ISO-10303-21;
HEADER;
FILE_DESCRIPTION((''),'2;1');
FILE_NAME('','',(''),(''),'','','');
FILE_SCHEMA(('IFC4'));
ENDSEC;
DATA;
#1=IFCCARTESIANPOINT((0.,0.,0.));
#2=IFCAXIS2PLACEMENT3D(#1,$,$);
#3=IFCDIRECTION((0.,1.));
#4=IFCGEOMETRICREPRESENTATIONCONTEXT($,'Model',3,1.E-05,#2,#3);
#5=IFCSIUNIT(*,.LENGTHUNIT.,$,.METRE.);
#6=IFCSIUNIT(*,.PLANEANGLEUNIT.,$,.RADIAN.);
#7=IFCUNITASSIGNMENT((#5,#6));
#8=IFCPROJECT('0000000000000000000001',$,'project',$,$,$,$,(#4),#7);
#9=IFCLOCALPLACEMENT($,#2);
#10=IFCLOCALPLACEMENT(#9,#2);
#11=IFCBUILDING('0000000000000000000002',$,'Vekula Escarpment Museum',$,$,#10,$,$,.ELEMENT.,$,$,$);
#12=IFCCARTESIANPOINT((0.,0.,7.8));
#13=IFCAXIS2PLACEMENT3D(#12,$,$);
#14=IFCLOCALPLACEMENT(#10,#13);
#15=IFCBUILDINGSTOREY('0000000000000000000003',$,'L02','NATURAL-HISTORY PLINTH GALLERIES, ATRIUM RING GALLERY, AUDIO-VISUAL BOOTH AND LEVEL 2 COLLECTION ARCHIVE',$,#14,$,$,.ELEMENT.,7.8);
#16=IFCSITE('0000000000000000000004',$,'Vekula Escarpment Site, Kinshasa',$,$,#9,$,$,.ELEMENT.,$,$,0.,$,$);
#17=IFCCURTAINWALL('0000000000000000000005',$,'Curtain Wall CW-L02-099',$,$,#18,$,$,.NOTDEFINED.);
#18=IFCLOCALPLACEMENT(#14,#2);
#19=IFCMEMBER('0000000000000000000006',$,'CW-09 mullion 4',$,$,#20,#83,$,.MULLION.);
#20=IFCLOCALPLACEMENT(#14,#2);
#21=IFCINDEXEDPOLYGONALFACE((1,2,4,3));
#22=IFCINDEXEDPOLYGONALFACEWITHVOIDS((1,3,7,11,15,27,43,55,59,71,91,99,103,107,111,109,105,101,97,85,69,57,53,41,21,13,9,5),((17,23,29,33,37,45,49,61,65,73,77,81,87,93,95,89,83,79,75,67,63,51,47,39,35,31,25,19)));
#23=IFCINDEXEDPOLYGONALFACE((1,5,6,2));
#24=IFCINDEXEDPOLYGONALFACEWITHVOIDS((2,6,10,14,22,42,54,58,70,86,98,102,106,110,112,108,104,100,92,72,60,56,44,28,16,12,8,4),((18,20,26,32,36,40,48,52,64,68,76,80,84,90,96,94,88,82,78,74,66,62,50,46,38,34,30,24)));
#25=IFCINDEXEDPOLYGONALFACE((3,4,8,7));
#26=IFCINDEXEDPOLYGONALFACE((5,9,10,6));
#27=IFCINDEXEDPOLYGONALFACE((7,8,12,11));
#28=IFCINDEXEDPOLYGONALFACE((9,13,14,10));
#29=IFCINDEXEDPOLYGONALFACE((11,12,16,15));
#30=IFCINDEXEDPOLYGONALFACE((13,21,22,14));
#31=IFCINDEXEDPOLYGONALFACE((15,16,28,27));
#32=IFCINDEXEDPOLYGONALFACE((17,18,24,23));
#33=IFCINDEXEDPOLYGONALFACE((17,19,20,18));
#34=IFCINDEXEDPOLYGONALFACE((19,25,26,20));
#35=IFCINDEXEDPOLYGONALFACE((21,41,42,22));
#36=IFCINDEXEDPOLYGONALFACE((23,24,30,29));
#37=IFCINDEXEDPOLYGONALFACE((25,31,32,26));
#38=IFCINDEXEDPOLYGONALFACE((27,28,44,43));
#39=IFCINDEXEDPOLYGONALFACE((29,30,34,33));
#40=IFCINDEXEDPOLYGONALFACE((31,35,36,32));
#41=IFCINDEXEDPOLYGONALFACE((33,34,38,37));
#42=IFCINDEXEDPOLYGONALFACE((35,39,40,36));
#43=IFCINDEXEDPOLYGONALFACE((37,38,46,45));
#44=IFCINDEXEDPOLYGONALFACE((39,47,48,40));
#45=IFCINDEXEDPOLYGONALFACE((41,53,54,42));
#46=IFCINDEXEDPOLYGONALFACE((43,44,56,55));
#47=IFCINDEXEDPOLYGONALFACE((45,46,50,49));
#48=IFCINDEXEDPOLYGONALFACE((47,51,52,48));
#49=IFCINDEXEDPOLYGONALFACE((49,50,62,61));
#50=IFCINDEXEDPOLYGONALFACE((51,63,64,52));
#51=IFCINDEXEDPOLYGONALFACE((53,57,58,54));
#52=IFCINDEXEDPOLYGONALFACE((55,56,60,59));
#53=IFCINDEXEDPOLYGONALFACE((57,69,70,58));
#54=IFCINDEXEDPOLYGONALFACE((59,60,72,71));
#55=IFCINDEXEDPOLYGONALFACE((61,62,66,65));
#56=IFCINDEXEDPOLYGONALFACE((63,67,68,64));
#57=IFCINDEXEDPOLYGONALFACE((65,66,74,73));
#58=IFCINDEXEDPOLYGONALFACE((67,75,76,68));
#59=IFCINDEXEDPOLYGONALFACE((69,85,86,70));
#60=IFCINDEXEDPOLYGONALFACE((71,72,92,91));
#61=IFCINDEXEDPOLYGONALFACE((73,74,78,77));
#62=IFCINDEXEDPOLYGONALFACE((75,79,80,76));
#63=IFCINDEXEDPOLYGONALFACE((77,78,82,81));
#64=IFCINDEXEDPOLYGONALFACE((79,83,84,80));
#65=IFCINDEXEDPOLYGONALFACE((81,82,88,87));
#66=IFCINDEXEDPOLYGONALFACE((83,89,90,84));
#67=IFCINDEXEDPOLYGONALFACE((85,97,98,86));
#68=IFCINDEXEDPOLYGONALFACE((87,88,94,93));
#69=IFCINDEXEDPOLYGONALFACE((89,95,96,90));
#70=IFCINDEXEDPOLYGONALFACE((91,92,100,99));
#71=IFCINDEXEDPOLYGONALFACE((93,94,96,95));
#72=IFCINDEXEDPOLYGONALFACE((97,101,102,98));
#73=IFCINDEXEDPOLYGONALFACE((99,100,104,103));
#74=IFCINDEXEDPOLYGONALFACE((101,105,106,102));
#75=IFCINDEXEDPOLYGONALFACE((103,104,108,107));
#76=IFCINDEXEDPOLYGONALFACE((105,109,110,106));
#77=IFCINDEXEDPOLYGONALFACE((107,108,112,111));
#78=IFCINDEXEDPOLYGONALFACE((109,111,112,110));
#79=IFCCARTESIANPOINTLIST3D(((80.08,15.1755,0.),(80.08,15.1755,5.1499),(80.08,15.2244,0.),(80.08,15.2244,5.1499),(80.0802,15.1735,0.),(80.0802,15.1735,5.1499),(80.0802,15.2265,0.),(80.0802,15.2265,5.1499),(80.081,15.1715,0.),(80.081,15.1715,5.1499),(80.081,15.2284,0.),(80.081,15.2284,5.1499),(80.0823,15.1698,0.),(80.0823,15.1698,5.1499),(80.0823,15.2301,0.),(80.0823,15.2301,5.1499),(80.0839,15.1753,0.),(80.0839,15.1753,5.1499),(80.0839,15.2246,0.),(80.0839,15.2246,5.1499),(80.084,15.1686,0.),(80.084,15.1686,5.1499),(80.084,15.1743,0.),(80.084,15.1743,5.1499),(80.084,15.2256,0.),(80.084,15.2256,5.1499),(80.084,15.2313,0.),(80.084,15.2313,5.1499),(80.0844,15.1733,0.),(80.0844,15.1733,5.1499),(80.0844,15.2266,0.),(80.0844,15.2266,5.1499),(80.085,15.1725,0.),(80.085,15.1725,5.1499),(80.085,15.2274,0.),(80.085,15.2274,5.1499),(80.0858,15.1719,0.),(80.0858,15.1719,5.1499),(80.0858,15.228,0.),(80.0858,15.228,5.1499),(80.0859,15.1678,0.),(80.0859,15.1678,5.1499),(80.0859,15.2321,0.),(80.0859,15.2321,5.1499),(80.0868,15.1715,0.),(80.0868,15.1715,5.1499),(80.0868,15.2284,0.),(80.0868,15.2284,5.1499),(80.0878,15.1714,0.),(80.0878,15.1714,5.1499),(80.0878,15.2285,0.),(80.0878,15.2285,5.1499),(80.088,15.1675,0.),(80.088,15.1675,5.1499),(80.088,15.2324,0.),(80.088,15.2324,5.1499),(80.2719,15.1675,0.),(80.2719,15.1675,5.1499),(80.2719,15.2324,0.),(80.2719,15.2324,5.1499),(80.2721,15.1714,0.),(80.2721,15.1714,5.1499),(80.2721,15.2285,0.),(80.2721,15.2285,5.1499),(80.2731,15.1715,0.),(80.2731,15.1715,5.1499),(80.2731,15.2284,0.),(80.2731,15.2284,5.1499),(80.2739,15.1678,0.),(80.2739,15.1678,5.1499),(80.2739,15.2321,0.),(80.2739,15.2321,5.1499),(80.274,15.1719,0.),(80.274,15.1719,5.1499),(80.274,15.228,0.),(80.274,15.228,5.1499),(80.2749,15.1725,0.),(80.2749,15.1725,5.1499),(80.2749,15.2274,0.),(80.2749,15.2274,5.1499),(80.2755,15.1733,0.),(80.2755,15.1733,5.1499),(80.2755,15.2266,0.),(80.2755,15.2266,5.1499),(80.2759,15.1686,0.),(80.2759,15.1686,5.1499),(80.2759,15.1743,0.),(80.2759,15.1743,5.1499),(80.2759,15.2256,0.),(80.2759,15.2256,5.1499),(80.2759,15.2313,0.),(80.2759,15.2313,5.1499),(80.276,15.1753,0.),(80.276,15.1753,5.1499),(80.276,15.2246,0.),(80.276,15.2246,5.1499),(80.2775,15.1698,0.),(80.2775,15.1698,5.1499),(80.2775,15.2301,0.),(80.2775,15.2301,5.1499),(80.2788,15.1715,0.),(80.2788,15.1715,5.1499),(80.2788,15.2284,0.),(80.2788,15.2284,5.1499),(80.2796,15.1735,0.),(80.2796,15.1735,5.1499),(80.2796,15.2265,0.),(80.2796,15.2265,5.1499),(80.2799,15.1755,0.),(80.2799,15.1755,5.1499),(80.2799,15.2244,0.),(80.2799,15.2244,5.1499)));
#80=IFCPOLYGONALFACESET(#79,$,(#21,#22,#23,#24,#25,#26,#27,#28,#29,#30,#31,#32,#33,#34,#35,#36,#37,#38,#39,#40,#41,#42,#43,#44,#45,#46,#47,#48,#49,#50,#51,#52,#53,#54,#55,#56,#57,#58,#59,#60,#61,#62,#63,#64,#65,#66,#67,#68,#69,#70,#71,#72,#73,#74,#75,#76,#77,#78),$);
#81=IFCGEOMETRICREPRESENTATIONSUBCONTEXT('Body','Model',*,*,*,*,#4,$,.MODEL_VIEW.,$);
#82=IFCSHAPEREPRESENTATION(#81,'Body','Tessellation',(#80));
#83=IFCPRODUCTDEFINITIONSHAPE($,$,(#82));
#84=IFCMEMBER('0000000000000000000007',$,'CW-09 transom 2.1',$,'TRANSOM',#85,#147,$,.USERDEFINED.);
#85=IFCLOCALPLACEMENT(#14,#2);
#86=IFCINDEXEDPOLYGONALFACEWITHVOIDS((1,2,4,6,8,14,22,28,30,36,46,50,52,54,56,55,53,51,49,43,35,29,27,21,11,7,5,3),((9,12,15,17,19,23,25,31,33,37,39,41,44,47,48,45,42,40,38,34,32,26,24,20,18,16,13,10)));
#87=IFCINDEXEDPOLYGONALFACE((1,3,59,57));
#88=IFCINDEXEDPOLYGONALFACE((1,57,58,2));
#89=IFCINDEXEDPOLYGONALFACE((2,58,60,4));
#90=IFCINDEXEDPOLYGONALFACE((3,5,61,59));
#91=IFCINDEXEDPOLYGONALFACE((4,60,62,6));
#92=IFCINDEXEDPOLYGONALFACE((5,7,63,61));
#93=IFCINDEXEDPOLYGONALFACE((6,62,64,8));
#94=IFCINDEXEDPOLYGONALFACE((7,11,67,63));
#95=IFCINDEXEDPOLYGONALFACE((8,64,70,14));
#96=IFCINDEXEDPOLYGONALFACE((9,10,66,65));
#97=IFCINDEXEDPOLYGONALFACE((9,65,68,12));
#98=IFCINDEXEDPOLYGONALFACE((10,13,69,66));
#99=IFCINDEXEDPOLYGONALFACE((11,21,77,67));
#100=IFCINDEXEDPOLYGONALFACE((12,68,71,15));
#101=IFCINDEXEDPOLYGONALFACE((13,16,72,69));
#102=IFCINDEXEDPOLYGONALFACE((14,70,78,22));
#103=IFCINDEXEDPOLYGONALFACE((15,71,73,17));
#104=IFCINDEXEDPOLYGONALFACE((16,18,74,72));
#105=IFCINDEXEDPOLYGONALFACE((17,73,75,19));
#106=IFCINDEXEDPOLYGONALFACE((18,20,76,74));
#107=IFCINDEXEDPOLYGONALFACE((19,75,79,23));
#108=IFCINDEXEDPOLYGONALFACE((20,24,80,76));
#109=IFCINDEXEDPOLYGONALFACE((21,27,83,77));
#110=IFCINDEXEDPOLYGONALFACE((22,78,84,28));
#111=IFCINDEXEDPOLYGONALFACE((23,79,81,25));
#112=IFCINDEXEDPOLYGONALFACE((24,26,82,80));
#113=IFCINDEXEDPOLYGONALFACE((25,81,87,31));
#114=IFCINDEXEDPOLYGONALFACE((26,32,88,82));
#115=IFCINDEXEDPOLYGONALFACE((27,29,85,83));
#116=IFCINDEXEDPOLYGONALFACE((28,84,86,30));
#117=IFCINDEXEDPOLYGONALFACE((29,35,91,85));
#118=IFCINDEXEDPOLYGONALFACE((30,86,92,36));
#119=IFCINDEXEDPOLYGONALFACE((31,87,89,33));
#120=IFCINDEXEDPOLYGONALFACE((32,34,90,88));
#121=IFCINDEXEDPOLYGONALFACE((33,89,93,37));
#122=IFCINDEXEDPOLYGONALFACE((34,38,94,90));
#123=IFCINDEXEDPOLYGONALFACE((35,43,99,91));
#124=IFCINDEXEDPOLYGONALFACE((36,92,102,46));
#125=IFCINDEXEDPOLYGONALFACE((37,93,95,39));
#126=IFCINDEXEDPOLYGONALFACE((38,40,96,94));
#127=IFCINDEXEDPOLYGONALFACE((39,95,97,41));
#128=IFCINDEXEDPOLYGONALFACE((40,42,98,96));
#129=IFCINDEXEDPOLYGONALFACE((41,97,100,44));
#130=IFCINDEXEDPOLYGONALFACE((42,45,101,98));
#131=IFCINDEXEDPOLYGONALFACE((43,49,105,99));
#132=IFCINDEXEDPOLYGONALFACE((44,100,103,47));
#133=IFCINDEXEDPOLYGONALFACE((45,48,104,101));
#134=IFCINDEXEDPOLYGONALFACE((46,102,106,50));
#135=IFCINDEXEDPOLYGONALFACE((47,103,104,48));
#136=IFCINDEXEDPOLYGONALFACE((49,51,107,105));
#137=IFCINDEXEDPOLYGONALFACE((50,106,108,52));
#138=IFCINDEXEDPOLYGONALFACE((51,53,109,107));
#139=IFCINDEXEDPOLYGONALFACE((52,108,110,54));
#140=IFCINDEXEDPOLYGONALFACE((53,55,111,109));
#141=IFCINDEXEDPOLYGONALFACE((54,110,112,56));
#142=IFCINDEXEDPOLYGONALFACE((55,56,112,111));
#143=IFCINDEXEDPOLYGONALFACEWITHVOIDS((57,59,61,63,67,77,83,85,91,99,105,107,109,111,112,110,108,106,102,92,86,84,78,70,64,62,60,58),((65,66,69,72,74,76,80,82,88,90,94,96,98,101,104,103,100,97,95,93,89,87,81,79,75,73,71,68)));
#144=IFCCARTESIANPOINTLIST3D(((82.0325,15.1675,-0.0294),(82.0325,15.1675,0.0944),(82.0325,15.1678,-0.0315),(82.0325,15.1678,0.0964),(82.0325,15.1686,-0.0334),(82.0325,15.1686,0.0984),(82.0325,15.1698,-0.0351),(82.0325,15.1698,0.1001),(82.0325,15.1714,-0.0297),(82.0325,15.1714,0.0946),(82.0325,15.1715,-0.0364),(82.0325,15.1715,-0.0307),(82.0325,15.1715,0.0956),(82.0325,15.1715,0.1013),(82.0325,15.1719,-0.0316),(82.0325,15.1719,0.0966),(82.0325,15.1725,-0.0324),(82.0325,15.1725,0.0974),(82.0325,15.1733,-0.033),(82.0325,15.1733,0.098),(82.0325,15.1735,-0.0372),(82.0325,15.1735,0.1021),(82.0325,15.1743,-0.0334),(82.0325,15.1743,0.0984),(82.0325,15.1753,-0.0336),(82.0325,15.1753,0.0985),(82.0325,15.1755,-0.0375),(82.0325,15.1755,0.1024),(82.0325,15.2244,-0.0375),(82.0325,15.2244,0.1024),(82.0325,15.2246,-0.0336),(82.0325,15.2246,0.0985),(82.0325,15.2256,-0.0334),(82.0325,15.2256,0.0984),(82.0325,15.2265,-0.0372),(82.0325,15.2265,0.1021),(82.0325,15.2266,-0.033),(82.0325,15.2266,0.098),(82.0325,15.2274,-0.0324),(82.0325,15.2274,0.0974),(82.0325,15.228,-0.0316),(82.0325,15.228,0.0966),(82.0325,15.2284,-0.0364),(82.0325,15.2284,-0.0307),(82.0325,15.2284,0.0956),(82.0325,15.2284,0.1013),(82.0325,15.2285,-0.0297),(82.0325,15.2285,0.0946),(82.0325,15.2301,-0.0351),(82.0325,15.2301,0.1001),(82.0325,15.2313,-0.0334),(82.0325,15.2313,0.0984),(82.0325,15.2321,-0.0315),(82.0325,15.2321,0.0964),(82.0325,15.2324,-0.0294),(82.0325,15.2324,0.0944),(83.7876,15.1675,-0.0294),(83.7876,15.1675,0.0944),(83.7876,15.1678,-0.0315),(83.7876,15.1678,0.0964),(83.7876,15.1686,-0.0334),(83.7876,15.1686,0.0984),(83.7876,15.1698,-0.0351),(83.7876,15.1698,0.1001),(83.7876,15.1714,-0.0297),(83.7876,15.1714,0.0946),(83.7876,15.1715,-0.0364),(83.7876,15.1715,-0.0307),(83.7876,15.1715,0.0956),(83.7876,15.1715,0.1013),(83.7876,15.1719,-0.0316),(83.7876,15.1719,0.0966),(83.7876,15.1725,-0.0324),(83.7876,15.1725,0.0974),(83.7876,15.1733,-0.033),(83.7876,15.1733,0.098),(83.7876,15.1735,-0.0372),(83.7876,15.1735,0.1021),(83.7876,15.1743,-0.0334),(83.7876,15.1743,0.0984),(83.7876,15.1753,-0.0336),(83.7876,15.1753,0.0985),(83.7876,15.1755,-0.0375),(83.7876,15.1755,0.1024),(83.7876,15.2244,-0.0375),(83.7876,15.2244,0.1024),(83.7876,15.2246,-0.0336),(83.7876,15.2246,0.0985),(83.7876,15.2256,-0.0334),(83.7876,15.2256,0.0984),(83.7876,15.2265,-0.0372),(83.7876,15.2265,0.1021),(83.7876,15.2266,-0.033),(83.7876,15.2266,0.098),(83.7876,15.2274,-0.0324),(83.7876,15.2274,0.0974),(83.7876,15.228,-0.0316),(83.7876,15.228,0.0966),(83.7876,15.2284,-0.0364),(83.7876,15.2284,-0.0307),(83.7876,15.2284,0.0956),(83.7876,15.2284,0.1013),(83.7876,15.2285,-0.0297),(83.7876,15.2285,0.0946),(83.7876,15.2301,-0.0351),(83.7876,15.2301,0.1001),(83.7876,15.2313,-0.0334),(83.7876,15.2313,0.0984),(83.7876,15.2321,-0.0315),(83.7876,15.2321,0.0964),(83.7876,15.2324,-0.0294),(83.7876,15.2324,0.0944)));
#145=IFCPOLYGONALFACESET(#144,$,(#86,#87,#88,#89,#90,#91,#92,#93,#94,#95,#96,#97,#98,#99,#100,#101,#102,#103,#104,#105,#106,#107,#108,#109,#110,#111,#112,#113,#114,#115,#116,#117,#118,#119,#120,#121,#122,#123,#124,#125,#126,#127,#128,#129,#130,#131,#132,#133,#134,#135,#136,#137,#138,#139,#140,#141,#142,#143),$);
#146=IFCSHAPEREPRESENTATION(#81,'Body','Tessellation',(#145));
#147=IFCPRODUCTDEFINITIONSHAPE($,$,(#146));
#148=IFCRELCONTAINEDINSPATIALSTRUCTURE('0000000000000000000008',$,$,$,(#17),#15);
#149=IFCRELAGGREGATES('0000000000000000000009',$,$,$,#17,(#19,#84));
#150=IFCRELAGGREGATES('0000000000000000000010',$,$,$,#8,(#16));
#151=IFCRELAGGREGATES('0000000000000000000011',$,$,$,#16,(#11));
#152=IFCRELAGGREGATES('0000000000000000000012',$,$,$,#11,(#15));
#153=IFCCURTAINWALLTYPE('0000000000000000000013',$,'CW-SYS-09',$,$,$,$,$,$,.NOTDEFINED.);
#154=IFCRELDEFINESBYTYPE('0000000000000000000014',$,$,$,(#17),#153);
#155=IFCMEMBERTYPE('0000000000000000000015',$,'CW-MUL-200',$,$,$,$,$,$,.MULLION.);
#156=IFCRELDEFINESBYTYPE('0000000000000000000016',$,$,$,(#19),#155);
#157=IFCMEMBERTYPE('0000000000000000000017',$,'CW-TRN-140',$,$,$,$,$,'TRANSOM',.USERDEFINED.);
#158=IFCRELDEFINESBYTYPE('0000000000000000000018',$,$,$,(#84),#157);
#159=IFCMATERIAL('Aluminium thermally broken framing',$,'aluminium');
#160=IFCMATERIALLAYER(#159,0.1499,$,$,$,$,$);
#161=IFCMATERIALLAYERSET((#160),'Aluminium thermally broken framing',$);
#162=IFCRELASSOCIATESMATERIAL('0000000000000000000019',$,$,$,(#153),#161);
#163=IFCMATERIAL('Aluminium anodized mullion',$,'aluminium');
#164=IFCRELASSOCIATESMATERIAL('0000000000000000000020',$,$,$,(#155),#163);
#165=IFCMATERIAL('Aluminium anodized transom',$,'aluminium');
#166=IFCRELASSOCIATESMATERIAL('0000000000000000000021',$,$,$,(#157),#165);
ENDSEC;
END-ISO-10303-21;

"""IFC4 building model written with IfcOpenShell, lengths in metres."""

from ifc_helpers import new_model, si_unit, direction, frame, origin, origin_2d, place, context, subcontext, project, spatial, hollow_rectangle, extrude, material, layer, layer_set, material_profile, profile_set, type_object, element, aggregate, save


model = new_model("IFC4")

# Units and contexts
model_context = context("Model", 3, precision=1e-05, world=origin(), true_north=direction((0.0, 1.0)))
body_context = subcontext(model_context, "Body", "Model", "MODEL_VIEW")
ifc_project = project(units=[si_unit("LENGTHUNIT", "METRE"), si_unit("PLANEANGLEUNIT", "RADIAN")], contexts=[model_context])

# Site, building, storey
site_placement = place(None, origin())
site = spatial("IfcSite", under=ifc_project, at=site_placement, Name="Vekula Escarpment Site, Kinshasa", CompositionType="ELEMENT", RefElevation=0.0)
building_placement = place(site_placement, origin())
building = spatial("IfcBuilding", under=site, at=building_placement, Name="Vekula Escarpment Museum", CompositionType="ELEMENT")
storey_placement = place(building_placement, frame((0.0, 0.0, 7.8)))
storey = spatial("IfcBuildingStorey", under=building, at=storey_placement, Name="L02", Description="NATURAL-HISTORY PLINTH GALLERIES, ATRIUM RING GALLERY, AUDIO-VISUAL BOOTH AND LEVEL 2 COLLECTION ARCHIVE", CompositionType="ELEMENT", Elevation=7.8)

# Curtain wall, members
ifc_material_1 = material(Name="Aluminium thermally broken framing", Category="aluminium")
ifc_layer_1 = layer(ifc_material_1, 0.1499)
ifc_layer_set_1 = layer_set([ifc_layer_1], Name="Aluminium thermally broken framing")
curtain_wall_type = type_object("IfcCurtainWallType", Name="CW-SYS-09", PredefinedType="NOTDEFINED", material=ifc_layer_set_1)
curtain_wall_placement = place(storey_placement, origin())
curtain_wall = element("IfcCurtainWall", 1, at=curtain_wall_placement, inside=storey, type_object=curtain_wall_type, Name="Curtain Wall CW-L02-099", PredefinedType="NOTDEFINED")
ifc_material_2 = material(Name="Aluminium anodized mullion", Category="aluminium")
ifc_material_profile_1 = material_profile(ifc_material_2, hollow_rectangle(XDim=0.0649, YDim=0.2, WallThickness=0.0039, InnerFilletRadius=0.0039, OuterFilletRadius=0.0081, at=origin_2d()), Name="ALU 200x65x4")
ifc_profile_set_1 = profile_set([ifc_material_profile_1], Name="Aluminium anodized mullion")
member_type_1 = type_object("IfcMemberType", Name="CW-MUL-200", PredefinedType="MULLION", material=ifc_profile_set_1)
member_1_placement = place(storey_placement, frame((80.1799, 15.2, 0.0), z_axis=(0.0, 0.0, 1.0), x_axis=(0.0, -1.0, 0.0)))
member_1 = element("IfcMember", 2, at=member_1_placement, type_object=member_type_1, Name="CW-09 mullion 4", PredefinedType="MULLION", context=body_context, shape_type="SweptSolid", body=[
    extrude(hollow_rectangle(XDim=0.0649, YDim=0.2, WallThickness=0.0039, InnerFilletRadius=0.0039, OuterFilletRadius=0.0081, at=origin_2d()), origin(), (0.0, 0.0, 1.0), 5.1499),
])
ifc_material_3 = material(Name="Aluminium anodized transom", Category="aluminium")
ifc_material_profile_2 = material_profile(ifc_material_3, hollow_rectangle(XDim=0.0649, YDim=0.1399, WallThickness=0.0039, InnerFilletRadius=0.0039, OuterFilletRadius=0.0081, at=origin_2d()), Name="ALU 140x65x4")
ifc_profile_set_2 = profile_set([ifc_material_profile_2], Name="Aluminium anodized transom")
member_type_2 = type_object("IfcMemberType", Name="CW-TRN-140", ElementType="TRANSOM", PredefinedType="USERDEFINED", material=ifc_profile_set_2)
member_2_placement = place(storey_placement, frame((83.7876, 15.2, 0.0325), z_axis=(-1.0, 0.0, 0.0), x_axis=(0.0, -1.0, 0.0)))
member_2 = element("IfcMember", 3, at=member_2_placement, type_object=member_type_2, Name="CW-09 transom 2.1", ObjectType="TRANSOM", PredefinedType="USERDEFINED", context=body_context, shape_type="SweptSolid", body=[
    extrude(hollow_rectangle(XDim=0.0649, YDim=0.1399, WallThickness=0.0039, InnerFilletRadius=0.0039, OuterFilletRadius=0.0081, at=origin_2d()), origin(), (0.0, 0.0, 1.0), 1.7551),
])

aggregate(curtain_wall, [member_1, member_2])

save(model, "model.ifc")
